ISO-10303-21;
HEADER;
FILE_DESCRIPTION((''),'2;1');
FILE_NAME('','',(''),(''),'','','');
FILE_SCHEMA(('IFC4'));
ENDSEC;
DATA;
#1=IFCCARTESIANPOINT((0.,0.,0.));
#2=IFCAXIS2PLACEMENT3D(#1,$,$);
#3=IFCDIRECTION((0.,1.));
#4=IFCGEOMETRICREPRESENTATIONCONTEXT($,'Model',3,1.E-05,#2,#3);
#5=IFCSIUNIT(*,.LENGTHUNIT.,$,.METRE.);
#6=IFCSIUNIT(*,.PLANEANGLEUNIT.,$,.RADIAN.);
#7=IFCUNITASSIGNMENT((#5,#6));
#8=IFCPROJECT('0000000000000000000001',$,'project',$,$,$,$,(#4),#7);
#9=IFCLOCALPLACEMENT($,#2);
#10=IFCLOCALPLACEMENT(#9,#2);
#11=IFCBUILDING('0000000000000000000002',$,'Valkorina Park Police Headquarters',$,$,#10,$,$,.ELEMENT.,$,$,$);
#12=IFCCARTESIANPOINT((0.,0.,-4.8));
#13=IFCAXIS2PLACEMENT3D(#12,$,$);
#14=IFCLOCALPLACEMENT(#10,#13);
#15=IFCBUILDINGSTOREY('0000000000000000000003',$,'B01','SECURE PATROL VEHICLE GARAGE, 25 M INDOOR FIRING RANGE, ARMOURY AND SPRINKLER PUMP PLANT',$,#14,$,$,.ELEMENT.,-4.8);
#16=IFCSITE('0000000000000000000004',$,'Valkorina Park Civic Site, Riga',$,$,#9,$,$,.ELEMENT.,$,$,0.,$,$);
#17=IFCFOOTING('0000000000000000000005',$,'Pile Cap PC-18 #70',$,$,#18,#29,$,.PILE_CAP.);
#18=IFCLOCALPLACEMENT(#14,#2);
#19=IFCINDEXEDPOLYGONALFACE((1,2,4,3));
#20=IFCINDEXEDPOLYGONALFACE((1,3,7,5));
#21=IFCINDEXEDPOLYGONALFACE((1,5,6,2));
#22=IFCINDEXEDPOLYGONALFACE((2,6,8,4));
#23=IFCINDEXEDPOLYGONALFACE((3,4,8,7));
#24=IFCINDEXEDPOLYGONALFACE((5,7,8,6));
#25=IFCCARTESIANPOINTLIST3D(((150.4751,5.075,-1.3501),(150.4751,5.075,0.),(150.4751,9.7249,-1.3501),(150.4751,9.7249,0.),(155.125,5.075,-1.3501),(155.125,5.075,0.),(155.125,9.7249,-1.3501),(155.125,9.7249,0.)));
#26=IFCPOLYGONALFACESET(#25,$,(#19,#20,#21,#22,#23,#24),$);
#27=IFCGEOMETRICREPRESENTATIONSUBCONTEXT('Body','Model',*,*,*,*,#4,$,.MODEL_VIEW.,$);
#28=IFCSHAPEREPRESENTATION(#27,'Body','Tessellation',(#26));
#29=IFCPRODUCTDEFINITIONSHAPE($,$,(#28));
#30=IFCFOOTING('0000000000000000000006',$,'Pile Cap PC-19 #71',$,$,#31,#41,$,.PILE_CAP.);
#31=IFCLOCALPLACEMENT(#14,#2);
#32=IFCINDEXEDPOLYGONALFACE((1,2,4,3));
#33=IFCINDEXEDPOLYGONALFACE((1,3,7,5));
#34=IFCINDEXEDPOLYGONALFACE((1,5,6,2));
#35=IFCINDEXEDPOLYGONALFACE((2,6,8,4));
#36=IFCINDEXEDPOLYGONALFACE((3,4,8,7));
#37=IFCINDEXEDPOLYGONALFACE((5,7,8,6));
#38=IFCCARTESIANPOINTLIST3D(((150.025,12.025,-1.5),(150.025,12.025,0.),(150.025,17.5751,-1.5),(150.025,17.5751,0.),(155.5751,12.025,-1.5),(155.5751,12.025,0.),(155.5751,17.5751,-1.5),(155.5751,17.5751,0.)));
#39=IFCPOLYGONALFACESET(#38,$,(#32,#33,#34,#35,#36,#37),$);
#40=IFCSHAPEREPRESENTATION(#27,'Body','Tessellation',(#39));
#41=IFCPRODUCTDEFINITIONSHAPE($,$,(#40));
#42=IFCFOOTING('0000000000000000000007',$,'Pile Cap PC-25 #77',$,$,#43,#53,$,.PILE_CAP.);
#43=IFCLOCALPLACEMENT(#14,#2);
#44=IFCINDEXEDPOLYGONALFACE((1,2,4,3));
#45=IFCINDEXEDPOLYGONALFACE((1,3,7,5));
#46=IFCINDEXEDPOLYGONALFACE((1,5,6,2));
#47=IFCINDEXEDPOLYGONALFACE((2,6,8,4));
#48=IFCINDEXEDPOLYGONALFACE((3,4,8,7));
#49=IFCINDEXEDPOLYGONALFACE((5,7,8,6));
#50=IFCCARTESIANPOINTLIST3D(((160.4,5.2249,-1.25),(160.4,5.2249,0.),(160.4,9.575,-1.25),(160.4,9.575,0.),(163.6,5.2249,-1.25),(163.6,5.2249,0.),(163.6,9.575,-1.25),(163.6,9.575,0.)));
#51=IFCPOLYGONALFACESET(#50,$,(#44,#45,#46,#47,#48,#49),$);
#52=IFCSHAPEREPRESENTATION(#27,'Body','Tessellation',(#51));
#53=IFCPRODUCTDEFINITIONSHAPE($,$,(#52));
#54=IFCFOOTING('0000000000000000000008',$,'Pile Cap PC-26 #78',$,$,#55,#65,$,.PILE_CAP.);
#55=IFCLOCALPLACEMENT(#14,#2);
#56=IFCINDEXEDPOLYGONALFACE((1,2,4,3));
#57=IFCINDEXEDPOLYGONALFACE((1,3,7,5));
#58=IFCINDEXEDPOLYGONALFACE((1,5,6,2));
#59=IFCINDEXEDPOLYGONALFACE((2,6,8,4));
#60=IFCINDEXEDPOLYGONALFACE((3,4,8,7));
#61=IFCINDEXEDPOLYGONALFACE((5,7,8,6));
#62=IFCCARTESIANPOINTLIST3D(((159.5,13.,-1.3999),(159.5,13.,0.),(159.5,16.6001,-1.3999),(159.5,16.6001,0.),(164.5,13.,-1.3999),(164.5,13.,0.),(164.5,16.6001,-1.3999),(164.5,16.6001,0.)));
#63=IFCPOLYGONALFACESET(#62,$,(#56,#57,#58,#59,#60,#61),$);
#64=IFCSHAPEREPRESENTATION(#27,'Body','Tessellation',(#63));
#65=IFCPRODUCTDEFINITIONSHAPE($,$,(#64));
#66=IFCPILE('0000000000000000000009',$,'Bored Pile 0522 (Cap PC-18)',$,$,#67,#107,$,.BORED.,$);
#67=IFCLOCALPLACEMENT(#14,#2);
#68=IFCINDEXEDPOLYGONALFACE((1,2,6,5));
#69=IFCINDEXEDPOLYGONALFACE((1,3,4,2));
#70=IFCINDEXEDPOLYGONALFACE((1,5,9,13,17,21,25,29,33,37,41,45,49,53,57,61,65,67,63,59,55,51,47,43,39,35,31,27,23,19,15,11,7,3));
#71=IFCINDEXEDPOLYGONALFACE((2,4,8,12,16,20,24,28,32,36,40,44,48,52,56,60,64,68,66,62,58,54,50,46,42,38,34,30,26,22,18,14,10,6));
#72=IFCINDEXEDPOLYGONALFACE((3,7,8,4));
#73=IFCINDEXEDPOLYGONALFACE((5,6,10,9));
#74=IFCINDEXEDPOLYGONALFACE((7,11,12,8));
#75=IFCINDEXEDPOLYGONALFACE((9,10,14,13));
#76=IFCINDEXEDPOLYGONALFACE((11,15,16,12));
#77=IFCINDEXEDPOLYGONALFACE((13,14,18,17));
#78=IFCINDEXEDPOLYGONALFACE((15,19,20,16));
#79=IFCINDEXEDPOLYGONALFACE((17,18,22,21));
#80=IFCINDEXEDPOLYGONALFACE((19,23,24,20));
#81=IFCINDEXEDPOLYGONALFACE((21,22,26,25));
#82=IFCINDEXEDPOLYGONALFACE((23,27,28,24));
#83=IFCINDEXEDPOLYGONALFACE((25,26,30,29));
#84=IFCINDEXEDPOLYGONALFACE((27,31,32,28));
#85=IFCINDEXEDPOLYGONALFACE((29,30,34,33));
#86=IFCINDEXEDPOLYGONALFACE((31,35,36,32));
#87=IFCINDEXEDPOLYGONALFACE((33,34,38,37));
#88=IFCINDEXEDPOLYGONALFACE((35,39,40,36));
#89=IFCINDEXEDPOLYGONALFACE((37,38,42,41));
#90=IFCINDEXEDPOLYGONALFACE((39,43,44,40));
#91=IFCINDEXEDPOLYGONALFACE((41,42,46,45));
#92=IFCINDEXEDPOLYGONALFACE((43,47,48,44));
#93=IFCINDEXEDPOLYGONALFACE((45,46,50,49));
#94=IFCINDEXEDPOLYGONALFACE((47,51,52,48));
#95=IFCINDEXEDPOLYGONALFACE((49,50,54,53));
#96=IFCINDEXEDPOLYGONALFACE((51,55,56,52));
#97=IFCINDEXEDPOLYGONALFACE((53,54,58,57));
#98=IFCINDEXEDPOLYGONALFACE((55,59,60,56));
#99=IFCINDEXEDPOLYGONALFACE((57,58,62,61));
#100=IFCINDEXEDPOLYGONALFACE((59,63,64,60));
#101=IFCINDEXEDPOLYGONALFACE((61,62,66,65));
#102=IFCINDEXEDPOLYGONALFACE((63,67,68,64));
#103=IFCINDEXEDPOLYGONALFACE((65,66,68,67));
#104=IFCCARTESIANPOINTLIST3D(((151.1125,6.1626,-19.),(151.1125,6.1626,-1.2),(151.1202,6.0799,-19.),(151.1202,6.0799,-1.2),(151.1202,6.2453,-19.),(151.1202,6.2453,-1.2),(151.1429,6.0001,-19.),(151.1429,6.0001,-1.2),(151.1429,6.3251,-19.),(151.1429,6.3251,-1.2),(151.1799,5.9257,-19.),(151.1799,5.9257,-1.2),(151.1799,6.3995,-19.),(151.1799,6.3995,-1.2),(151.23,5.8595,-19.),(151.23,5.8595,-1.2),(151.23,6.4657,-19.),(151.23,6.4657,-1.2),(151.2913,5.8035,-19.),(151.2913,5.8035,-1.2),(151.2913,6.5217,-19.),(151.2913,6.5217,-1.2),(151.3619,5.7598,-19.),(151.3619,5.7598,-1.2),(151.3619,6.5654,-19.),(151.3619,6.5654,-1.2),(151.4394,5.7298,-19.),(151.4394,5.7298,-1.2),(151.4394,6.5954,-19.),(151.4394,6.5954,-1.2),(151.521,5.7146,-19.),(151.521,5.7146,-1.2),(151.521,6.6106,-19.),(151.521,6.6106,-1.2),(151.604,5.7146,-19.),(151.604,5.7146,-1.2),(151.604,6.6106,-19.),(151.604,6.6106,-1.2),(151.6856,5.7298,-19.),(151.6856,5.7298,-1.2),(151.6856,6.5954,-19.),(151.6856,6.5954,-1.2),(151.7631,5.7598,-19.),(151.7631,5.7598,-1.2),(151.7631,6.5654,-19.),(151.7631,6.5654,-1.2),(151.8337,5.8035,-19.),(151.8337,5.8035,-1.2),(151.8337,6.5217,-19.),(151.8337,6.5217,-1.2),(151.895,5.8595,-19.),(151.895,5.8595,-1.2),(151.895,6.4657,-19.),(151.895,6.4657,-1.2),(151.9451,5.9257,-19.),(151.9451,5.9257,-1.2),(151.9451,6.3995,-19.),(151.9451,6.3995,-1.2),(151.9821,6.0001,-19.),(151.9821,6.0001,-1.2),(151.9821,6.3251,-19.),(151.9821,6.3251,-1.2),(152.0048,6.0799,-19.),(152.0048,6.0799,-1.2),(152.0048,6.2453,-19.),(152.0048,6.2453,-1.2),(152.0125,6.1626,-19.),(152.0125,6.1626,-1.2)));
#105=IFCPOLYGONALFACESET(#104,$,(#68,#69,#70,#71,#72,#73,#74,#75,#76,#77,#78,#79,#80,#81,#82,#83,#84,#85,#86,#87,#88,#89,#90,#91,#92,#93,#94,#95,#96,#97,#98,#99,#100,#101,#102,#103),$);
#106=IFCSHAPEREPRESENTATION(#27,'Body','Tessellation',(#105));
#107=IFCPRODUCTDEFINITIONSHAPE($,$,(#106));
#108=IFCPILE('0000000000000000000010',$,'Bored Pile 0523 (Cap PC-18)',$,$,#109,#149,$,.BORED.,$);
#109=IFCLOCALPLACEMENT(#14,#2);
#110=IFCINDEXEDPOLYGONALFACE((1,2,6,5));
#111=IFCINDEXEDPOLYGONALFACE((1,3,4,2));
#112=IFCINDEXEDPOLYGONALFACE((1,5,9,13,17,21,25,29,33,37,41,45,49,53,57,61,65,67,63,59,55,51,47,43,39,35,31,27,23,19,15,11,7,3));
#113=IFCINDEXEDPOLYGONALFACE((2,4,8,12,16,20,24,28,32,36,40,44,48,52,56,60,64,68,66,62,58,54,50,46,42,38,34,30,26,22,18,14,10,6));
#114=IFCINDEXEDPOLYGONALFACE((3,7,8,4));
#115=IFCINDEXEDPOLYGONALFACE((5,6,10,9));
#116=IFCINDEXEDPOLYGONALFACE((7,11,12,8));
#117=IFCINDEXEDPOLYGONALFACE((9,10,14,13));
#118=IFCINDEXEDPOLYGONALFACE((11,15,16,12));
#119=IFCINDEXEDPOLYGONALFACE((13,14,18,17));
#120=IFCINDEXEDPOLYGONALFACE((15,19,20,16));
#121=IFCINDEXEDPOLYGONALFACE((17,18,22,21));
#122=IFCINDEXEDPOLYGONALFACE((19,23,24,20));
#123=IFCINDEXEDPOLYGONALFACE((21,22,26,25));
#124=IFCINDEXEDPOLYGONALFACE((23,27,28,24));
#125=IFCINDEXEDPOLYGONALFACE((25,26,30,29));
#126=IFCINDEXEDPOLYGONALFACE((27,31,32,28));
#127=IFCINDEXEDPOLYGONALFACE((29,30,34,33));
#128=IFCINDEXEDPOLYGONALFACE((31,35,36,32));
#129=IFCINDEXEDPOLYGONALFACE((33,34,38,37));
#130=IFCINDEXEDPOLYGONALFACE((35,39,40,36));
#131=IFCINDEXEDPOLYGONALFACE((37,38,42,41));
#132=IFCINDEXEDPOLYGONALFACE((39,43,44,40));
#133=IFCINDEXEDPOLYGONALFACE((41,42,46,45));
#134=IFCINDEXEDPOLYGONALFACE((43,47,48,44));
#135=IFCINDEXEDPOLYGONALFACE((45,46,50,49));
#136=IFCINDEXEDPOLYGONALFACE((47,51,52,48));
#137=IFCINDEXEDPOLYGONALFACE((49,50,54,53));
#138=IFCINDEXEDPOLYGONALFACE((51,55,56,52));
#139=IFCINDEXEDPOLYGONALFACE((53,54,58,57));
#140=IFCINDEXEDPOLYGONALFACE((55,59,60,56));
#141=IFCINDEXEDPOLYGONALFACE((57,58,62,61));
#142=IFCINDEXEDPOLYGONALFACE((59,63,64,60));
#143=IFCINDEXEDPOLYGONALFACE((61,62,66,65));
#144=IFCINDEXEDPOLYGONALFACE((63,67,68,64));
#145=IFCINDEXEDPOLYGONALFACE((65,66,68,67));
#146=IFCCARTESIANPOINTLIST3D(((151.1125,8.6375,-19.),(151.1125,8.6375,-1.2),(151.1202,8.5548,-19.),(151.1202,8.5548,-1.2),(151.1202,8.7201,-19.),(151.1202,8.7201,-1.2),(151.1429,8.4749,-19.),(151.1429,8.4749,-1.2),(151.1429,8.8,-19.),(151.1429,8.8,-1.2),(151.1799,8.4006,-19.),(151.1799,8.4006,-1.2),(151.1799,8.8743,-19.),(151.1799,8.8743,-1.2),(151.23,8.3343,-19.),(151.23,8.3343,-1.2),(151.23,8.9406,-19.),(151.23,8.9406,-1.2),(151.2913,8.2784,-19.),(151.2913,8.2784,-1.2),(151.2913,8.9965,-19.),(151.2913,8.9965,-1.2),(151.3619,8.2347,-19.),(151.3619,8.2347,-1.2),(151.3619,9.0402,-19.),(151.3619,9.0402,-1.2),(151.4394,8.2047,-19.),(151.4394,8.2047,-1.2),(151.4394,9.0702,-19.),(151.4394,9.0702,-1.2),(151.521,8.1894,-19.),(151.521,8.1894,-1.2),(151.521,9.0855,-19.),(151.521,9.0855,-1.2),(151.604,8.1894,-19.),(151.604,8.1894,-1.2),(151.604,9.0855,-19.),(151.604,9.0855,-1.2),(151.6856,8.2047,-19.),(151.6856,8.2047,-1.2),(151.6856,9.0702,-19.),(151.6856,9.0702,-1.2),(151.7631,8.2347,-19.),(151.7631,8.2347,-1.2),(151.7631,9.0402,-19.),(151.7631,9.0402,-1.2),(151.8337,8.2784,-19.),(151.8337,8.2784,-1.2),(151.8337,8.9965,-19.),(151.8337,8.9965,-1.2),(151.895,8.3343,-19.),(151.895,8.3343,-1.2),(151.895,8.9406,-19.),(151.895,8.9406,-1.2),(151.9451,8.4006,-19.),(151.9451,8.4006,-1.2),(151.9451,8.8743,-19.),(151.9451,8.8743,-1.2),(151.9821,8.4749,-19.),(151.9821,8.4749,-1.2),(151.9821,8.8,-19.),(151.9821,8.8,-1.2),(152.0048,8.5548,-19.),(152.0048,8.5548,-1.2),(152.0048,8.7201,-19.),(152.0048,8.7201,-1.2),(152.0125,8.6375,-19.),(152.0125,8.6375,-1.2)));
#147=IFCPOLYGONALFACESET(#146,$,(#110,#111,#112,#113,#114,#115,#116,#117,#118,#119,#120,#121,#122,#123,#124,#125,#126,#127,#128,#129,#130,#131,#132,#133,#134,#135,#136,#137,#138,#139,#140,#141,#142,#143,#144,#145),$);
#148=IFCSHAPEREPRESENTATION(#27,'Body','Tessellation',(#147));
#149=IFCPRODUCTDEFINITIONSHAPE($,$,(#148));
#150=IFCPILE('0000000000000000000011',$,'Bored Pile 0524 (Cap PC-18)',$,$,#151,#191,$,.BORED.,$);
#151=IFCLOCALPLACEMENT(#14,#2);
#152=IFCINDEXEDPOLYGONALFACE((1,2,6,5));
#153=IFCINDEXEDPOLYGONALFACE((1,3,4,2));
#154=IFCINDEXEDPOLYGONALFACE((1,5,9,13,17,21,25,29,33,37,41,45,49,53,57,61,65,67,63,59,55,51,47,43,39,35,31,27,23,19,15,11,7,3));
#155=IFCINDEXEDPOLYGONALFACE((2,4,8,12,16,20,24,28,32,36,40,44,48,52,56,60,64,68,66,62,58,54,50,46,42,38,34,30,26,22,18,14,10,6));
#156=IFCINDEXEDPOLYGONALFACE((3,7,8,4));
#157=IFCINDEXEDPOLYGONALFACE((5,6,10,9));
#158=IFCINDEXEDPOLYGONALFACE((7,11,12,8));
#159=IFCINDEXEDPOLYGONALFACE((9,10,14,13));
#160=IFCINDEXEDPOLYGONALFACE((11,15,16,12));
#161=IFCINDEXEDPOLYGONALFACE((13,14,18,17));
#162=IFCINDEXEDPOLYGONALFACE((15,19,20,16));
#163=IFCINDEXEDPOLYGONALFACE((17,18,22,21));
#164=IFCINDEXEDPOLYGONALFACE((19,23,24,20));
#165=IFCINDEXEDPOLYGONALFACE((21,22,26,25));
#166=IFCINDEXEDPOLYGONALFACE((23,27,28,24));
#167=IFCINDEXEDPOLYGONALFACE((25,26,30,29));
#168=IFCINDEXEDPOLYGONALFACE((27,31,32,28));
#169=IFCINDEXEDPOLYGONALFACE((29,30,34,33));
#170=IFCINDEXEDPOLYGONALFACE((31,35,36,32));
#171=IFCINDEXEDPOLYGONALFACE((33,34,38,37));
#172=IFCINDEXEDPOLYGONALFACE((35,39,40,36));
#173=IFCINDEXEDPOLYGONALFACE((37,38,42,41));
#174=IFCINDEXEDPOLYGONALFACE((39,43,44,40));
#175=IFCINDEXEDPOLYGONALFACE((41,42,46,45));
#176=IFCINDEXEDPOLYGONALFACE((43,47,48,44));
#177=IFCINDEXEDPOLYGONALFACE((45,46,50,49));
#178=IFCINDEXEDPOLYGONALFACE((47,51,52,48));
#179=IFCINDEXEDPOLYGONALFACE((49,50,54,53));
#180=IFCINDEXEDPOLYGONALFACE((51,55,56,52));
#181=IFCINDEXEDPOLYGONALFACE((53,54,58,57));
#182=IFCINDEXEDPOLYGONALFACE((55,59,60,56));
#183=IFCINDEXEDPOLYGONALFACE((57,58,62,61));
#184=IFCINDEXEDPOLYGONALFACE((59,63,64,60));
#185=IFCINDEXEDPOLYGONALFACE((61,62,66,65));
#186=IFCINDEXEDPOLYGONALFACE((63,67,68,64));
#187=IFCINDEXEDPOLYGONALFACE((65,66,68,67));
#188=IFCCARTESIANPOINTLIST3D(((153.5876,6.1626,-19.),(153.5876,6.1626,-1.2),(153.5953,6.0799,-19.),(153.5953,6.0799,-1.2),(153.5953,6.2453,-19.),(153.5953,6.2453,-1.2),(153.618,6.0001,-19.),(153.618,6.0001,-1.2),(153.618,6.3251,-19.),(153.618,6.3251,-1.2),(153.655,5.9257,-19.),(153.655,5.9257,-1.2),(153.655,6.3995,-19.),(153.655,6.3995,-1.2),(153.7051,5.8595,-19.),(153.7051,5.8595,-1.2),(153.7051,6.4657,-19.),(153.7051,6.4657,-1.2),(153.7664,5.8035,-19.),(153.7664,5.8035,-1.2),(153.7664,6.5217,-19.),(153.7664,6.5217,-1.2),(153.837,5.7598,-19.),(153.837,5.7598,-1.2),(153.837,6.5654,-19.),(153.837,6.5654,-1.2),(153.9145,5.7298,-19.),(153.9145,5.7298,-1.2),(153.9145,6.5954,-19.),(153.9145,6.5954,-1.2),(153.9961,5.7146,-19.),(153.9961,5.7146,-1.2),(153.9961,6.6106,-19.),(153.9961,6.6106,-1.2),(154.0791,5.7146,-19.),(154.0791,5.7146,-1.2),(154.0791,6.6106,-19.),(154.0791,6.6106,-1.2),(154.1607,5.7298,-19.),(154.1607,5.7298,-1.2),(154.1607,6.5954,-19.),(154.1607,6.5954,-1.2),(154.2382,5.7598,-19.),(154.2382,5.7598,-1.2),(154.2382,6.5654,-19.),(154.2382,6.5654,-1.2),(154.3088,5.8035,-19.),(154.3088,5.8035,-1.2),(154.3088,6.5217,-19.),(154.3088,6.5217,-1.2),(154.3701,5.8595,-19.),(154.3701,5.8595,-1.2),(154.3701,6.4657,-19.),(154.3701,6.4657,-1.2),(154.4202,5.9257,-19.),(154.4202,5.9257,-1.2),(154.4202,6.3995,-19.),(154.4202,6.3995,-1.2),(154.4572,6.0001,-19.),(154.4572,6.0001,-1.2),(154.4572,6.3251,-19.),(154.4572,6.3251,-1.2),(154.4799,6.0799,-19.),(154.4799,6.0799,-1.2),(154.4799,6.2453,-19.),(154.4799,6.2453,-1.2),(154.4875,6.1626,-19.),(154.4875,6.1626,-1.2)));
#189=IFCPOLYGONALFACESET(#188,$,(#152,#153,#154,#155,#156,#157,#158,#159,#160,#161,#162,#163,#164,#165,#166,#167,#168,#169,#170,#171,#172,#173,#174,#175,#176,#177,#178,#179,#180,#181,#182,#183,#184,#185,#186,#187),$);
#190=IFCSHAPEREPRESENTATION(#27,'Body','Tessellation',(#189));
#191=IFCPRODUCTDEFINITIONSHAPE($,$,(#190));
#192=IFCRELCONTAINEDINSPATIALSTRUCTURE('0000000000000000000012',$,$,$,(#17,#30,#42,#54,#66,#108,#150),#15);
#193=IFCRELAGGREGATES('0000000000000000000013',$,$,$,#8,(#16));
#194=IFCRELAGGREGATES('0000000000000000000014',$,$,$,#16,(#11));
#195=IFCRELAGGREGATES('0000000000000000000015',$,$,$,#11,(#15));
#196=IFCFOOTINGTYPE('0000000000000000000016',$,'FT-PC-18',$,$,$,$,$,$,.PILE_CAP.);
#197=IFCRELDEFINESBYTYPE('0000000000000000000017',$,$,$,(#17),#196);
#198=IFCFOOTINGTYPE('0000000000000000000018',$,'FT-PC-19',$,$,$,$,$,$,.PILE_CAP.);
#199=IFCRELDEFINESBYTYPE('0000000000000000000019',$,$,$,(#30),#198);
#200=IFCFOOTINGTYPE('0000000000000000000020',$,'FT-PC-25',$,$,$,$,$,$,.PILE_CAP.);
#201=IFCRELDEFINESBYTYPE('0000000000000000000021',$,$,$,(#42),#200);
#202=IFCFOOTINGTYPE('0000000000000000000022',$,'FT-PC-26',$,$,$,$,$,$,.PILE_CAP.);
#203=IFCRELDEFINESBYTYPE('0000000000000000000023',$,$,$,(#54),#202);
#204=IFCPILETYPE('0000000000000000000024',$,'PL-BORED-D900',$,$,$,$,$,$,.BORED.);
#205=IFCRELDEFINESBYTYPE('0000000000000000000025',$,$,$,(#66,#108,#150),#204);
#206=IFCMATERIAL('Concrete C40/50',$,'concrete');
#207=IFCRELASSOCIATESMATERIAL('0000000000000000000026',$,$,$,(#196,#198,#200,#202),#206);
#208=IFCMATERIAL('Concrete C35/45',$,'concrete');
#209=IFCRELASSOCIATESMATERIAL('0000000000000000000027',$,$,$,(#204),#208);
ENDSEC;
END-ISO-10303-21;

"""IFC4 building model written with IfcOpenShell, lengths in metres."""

from ifc_helpers import new_model, si_unit, direction, frame, origin, origin_2d, place, context, subcontext, project, spatial, rectangle, circle, extrude, material, material_profile, profile_set, type_object, element, save


model = new_model("IFC4")

# Units and contexts
model_context = context("Model", 3, precision=1e-05, world=origin(), true_north=direction((0.0, 1.0)))
body_context = subcontext(model_context, "Body", "Model", "MODEL_VIEW")
ifc_project = project(units=[si_unit("LENGTHUNIT", "METRE"), si_unit("PLANEANGLEUNIT", "RADIAN")], contexts=[model_context])

# Site, building, storey
site_placement = place(None, origin())
site = spatial("IfcSite", under=ifc_project, at=site_placement, Name="Valkorina Park Civic Site, Riga", CompositionType="ELEMENT", RefElevation=0.0)
building_placement = place(site_placement, origin())
building = spatial("IfcBuilding", under=site, at=building_placement, Name="Valkorina Park Police Headquarters", CompositionType="ELEMENT")
storey_placement = place(building_placement, frame((0.0, 0.0, -4.8)))
storey = spatial("IfcBuildingStorey", under=building, at=storey_placement, Name="B01", Description="SECURE PATROL VEHICLE GARAGE, 25 M INDOOR FIRING RANGE, ARMOURY AND SPRINKLER PUMP PLANT", CompositionType="ELEMENT", Elevation=-4.8)

# Footings
ifc_material_1 = material(Name="Concrete C40/50", Category="concrete")
footing_type_1 = type_object("IfcFootingType", Name="FT-PC-18", PredefinedType="PILE_CAP", material=ifc_material_1)
footing_1_placement = place(storey_placement, frame((152.8, 7.3999, -1.3501), z_axis=(0.0, 0.0, 1.0), x_axis=(1.0, 0.0, 0.0)))
element("IfcFooting", 1, at=footing_1_placement, inside=storey, type_object=footing_type_1, Name="Pile Cap PC-18 #70", PredefinedType="PILE_CAP", context=body_context, shape_type="SweptSolid", body=[
    extrude(rectangle(XDim=4.6499, YDim=4.6499, at=origin_2d()), origin(), (0.0, 0.0, 1.0), 1.3501),
])
footing_type_2 = type_object("IfcFootingType", Name="FT-PC-19", PredefinedType="PILE_CAP", material=ifc_material_1)
footing_2_placement = place(storey_placement, frame((152.8, 14.8, -1.5), z_axis=(0.0, 0.0, 1.0), x_axis=(1.0, 0.0, 0.0)))
element("IfcFooting", 2, at=footing_2_placement, inside=storey, type_object=footing_type_2, Name="Pile Cap PC-19 #71", PredefinedType="PILE_CAP", context=body_context, shape_type="SweptSolid", body=[
    extrude(rectangle(XDim=5.55, YDim=5.55, at=origin_2d()), origin(), (0.0, 0.0, 1.0), 1.5),
])
footing_type_3 = type_object("IfcFootingType", Name="FT-PC-25", PredefinedType="PILE_CAP", material=ifc_material_1)
footing_3_placement = place(storey_placement, frame((162.0, 7.3999, -1.25), z_axis=(0.0, 0.0, 1.0), x_axis=(1.0, 0.0, 0.0)))
element("IfcFooting", 3, at=footing_3_placement, inside=storey, type_object=footing_type_3, Name="Pile Cap PC-25 #77", PredefinedType="PILE_CAP", context=body_context, shape_type="SweptSolid", body=[
    extrude(rectangle(XDim=3.2, YDim=4.3501, at=origin_2d()), origin(), (0.0, 0.0, 1.0), 1.25),
])
footing_type_4 = type_object("IfcFootingType", Name="FT-PC-26", PredefinedType="PILE_CAP", material=ifc_material_1)
footing_4_placement = place(storey_placement, frame((162.0, 14.8, -1.3999), z_axis=(0.0, 0.0, 1.0), x_axis=(1.0, 0.0, 0.0)))
element("IfcFooting", 4, at=footing_4_placement, inside=storey, type_object=footing_type_4, Name="Pile Cap PC-26 #78", PredefinedType="PILE_CAP", context=body_context, shape_type="SweptSolid", body=[
    extrude(rectangle(XDim=5.0, YDim=3.6001, at=origin_2d()), origin(), (0.0, 0.0, 1.0), 1.3999),
])

# Piles
ifc_material_2 = material(Name="Concrete C35/45", Category="concrete")
ifc_material_profile_1 = material_profile(ifc_material_2, circle(Radius=0.45, at=origin_2d()), Name="BORED PILE D900")
ifc_profile_set_1 = profile_set([ifc_material_profile_1], Name="Concrete C35/45")
pile_type = type_object("IfcPileType", Name="PL-BORED-D900", PredefinedType="BORED", material=ifc_profile_set_1)
for number, where, z_axis, x_axis, name in (
    (5, (151.5625, 6.1626, -1.2), (0.0, 0.0, -1.0), (1.0, 0.0, 0.0), "Bored Pile 0522 (Cap PC-18)"),
    (6, (151.5625, 8.6375, -1.2), (0.0, 0.0, -1.0), (1.0, 0.0, 0.0), "Bored Pile 0523 (Cap PC-18)"),
    (7, (154.0376, 6.1626, -1.2), (0.0, 0.0, -1.0), (1.0, 0.0, 0.0), "Bored Pile 0524 (Cap PC-18)"),
):
    element("IfcPile", number, at=place(storey_placement, frame(where, z_axis=z_axis, x_axis=x_axis)), inside=storey, type_object=pile_type, Name=name, PredefinedType="BORED", context=body_context, shape_type="SweptSolid", body=[
        extrude(circle(Radius=0.45, at=origin_2d()), origin(), (0.0, 0.0, 1.0), 17.8),
    ])

save(model, "model.ifc")
